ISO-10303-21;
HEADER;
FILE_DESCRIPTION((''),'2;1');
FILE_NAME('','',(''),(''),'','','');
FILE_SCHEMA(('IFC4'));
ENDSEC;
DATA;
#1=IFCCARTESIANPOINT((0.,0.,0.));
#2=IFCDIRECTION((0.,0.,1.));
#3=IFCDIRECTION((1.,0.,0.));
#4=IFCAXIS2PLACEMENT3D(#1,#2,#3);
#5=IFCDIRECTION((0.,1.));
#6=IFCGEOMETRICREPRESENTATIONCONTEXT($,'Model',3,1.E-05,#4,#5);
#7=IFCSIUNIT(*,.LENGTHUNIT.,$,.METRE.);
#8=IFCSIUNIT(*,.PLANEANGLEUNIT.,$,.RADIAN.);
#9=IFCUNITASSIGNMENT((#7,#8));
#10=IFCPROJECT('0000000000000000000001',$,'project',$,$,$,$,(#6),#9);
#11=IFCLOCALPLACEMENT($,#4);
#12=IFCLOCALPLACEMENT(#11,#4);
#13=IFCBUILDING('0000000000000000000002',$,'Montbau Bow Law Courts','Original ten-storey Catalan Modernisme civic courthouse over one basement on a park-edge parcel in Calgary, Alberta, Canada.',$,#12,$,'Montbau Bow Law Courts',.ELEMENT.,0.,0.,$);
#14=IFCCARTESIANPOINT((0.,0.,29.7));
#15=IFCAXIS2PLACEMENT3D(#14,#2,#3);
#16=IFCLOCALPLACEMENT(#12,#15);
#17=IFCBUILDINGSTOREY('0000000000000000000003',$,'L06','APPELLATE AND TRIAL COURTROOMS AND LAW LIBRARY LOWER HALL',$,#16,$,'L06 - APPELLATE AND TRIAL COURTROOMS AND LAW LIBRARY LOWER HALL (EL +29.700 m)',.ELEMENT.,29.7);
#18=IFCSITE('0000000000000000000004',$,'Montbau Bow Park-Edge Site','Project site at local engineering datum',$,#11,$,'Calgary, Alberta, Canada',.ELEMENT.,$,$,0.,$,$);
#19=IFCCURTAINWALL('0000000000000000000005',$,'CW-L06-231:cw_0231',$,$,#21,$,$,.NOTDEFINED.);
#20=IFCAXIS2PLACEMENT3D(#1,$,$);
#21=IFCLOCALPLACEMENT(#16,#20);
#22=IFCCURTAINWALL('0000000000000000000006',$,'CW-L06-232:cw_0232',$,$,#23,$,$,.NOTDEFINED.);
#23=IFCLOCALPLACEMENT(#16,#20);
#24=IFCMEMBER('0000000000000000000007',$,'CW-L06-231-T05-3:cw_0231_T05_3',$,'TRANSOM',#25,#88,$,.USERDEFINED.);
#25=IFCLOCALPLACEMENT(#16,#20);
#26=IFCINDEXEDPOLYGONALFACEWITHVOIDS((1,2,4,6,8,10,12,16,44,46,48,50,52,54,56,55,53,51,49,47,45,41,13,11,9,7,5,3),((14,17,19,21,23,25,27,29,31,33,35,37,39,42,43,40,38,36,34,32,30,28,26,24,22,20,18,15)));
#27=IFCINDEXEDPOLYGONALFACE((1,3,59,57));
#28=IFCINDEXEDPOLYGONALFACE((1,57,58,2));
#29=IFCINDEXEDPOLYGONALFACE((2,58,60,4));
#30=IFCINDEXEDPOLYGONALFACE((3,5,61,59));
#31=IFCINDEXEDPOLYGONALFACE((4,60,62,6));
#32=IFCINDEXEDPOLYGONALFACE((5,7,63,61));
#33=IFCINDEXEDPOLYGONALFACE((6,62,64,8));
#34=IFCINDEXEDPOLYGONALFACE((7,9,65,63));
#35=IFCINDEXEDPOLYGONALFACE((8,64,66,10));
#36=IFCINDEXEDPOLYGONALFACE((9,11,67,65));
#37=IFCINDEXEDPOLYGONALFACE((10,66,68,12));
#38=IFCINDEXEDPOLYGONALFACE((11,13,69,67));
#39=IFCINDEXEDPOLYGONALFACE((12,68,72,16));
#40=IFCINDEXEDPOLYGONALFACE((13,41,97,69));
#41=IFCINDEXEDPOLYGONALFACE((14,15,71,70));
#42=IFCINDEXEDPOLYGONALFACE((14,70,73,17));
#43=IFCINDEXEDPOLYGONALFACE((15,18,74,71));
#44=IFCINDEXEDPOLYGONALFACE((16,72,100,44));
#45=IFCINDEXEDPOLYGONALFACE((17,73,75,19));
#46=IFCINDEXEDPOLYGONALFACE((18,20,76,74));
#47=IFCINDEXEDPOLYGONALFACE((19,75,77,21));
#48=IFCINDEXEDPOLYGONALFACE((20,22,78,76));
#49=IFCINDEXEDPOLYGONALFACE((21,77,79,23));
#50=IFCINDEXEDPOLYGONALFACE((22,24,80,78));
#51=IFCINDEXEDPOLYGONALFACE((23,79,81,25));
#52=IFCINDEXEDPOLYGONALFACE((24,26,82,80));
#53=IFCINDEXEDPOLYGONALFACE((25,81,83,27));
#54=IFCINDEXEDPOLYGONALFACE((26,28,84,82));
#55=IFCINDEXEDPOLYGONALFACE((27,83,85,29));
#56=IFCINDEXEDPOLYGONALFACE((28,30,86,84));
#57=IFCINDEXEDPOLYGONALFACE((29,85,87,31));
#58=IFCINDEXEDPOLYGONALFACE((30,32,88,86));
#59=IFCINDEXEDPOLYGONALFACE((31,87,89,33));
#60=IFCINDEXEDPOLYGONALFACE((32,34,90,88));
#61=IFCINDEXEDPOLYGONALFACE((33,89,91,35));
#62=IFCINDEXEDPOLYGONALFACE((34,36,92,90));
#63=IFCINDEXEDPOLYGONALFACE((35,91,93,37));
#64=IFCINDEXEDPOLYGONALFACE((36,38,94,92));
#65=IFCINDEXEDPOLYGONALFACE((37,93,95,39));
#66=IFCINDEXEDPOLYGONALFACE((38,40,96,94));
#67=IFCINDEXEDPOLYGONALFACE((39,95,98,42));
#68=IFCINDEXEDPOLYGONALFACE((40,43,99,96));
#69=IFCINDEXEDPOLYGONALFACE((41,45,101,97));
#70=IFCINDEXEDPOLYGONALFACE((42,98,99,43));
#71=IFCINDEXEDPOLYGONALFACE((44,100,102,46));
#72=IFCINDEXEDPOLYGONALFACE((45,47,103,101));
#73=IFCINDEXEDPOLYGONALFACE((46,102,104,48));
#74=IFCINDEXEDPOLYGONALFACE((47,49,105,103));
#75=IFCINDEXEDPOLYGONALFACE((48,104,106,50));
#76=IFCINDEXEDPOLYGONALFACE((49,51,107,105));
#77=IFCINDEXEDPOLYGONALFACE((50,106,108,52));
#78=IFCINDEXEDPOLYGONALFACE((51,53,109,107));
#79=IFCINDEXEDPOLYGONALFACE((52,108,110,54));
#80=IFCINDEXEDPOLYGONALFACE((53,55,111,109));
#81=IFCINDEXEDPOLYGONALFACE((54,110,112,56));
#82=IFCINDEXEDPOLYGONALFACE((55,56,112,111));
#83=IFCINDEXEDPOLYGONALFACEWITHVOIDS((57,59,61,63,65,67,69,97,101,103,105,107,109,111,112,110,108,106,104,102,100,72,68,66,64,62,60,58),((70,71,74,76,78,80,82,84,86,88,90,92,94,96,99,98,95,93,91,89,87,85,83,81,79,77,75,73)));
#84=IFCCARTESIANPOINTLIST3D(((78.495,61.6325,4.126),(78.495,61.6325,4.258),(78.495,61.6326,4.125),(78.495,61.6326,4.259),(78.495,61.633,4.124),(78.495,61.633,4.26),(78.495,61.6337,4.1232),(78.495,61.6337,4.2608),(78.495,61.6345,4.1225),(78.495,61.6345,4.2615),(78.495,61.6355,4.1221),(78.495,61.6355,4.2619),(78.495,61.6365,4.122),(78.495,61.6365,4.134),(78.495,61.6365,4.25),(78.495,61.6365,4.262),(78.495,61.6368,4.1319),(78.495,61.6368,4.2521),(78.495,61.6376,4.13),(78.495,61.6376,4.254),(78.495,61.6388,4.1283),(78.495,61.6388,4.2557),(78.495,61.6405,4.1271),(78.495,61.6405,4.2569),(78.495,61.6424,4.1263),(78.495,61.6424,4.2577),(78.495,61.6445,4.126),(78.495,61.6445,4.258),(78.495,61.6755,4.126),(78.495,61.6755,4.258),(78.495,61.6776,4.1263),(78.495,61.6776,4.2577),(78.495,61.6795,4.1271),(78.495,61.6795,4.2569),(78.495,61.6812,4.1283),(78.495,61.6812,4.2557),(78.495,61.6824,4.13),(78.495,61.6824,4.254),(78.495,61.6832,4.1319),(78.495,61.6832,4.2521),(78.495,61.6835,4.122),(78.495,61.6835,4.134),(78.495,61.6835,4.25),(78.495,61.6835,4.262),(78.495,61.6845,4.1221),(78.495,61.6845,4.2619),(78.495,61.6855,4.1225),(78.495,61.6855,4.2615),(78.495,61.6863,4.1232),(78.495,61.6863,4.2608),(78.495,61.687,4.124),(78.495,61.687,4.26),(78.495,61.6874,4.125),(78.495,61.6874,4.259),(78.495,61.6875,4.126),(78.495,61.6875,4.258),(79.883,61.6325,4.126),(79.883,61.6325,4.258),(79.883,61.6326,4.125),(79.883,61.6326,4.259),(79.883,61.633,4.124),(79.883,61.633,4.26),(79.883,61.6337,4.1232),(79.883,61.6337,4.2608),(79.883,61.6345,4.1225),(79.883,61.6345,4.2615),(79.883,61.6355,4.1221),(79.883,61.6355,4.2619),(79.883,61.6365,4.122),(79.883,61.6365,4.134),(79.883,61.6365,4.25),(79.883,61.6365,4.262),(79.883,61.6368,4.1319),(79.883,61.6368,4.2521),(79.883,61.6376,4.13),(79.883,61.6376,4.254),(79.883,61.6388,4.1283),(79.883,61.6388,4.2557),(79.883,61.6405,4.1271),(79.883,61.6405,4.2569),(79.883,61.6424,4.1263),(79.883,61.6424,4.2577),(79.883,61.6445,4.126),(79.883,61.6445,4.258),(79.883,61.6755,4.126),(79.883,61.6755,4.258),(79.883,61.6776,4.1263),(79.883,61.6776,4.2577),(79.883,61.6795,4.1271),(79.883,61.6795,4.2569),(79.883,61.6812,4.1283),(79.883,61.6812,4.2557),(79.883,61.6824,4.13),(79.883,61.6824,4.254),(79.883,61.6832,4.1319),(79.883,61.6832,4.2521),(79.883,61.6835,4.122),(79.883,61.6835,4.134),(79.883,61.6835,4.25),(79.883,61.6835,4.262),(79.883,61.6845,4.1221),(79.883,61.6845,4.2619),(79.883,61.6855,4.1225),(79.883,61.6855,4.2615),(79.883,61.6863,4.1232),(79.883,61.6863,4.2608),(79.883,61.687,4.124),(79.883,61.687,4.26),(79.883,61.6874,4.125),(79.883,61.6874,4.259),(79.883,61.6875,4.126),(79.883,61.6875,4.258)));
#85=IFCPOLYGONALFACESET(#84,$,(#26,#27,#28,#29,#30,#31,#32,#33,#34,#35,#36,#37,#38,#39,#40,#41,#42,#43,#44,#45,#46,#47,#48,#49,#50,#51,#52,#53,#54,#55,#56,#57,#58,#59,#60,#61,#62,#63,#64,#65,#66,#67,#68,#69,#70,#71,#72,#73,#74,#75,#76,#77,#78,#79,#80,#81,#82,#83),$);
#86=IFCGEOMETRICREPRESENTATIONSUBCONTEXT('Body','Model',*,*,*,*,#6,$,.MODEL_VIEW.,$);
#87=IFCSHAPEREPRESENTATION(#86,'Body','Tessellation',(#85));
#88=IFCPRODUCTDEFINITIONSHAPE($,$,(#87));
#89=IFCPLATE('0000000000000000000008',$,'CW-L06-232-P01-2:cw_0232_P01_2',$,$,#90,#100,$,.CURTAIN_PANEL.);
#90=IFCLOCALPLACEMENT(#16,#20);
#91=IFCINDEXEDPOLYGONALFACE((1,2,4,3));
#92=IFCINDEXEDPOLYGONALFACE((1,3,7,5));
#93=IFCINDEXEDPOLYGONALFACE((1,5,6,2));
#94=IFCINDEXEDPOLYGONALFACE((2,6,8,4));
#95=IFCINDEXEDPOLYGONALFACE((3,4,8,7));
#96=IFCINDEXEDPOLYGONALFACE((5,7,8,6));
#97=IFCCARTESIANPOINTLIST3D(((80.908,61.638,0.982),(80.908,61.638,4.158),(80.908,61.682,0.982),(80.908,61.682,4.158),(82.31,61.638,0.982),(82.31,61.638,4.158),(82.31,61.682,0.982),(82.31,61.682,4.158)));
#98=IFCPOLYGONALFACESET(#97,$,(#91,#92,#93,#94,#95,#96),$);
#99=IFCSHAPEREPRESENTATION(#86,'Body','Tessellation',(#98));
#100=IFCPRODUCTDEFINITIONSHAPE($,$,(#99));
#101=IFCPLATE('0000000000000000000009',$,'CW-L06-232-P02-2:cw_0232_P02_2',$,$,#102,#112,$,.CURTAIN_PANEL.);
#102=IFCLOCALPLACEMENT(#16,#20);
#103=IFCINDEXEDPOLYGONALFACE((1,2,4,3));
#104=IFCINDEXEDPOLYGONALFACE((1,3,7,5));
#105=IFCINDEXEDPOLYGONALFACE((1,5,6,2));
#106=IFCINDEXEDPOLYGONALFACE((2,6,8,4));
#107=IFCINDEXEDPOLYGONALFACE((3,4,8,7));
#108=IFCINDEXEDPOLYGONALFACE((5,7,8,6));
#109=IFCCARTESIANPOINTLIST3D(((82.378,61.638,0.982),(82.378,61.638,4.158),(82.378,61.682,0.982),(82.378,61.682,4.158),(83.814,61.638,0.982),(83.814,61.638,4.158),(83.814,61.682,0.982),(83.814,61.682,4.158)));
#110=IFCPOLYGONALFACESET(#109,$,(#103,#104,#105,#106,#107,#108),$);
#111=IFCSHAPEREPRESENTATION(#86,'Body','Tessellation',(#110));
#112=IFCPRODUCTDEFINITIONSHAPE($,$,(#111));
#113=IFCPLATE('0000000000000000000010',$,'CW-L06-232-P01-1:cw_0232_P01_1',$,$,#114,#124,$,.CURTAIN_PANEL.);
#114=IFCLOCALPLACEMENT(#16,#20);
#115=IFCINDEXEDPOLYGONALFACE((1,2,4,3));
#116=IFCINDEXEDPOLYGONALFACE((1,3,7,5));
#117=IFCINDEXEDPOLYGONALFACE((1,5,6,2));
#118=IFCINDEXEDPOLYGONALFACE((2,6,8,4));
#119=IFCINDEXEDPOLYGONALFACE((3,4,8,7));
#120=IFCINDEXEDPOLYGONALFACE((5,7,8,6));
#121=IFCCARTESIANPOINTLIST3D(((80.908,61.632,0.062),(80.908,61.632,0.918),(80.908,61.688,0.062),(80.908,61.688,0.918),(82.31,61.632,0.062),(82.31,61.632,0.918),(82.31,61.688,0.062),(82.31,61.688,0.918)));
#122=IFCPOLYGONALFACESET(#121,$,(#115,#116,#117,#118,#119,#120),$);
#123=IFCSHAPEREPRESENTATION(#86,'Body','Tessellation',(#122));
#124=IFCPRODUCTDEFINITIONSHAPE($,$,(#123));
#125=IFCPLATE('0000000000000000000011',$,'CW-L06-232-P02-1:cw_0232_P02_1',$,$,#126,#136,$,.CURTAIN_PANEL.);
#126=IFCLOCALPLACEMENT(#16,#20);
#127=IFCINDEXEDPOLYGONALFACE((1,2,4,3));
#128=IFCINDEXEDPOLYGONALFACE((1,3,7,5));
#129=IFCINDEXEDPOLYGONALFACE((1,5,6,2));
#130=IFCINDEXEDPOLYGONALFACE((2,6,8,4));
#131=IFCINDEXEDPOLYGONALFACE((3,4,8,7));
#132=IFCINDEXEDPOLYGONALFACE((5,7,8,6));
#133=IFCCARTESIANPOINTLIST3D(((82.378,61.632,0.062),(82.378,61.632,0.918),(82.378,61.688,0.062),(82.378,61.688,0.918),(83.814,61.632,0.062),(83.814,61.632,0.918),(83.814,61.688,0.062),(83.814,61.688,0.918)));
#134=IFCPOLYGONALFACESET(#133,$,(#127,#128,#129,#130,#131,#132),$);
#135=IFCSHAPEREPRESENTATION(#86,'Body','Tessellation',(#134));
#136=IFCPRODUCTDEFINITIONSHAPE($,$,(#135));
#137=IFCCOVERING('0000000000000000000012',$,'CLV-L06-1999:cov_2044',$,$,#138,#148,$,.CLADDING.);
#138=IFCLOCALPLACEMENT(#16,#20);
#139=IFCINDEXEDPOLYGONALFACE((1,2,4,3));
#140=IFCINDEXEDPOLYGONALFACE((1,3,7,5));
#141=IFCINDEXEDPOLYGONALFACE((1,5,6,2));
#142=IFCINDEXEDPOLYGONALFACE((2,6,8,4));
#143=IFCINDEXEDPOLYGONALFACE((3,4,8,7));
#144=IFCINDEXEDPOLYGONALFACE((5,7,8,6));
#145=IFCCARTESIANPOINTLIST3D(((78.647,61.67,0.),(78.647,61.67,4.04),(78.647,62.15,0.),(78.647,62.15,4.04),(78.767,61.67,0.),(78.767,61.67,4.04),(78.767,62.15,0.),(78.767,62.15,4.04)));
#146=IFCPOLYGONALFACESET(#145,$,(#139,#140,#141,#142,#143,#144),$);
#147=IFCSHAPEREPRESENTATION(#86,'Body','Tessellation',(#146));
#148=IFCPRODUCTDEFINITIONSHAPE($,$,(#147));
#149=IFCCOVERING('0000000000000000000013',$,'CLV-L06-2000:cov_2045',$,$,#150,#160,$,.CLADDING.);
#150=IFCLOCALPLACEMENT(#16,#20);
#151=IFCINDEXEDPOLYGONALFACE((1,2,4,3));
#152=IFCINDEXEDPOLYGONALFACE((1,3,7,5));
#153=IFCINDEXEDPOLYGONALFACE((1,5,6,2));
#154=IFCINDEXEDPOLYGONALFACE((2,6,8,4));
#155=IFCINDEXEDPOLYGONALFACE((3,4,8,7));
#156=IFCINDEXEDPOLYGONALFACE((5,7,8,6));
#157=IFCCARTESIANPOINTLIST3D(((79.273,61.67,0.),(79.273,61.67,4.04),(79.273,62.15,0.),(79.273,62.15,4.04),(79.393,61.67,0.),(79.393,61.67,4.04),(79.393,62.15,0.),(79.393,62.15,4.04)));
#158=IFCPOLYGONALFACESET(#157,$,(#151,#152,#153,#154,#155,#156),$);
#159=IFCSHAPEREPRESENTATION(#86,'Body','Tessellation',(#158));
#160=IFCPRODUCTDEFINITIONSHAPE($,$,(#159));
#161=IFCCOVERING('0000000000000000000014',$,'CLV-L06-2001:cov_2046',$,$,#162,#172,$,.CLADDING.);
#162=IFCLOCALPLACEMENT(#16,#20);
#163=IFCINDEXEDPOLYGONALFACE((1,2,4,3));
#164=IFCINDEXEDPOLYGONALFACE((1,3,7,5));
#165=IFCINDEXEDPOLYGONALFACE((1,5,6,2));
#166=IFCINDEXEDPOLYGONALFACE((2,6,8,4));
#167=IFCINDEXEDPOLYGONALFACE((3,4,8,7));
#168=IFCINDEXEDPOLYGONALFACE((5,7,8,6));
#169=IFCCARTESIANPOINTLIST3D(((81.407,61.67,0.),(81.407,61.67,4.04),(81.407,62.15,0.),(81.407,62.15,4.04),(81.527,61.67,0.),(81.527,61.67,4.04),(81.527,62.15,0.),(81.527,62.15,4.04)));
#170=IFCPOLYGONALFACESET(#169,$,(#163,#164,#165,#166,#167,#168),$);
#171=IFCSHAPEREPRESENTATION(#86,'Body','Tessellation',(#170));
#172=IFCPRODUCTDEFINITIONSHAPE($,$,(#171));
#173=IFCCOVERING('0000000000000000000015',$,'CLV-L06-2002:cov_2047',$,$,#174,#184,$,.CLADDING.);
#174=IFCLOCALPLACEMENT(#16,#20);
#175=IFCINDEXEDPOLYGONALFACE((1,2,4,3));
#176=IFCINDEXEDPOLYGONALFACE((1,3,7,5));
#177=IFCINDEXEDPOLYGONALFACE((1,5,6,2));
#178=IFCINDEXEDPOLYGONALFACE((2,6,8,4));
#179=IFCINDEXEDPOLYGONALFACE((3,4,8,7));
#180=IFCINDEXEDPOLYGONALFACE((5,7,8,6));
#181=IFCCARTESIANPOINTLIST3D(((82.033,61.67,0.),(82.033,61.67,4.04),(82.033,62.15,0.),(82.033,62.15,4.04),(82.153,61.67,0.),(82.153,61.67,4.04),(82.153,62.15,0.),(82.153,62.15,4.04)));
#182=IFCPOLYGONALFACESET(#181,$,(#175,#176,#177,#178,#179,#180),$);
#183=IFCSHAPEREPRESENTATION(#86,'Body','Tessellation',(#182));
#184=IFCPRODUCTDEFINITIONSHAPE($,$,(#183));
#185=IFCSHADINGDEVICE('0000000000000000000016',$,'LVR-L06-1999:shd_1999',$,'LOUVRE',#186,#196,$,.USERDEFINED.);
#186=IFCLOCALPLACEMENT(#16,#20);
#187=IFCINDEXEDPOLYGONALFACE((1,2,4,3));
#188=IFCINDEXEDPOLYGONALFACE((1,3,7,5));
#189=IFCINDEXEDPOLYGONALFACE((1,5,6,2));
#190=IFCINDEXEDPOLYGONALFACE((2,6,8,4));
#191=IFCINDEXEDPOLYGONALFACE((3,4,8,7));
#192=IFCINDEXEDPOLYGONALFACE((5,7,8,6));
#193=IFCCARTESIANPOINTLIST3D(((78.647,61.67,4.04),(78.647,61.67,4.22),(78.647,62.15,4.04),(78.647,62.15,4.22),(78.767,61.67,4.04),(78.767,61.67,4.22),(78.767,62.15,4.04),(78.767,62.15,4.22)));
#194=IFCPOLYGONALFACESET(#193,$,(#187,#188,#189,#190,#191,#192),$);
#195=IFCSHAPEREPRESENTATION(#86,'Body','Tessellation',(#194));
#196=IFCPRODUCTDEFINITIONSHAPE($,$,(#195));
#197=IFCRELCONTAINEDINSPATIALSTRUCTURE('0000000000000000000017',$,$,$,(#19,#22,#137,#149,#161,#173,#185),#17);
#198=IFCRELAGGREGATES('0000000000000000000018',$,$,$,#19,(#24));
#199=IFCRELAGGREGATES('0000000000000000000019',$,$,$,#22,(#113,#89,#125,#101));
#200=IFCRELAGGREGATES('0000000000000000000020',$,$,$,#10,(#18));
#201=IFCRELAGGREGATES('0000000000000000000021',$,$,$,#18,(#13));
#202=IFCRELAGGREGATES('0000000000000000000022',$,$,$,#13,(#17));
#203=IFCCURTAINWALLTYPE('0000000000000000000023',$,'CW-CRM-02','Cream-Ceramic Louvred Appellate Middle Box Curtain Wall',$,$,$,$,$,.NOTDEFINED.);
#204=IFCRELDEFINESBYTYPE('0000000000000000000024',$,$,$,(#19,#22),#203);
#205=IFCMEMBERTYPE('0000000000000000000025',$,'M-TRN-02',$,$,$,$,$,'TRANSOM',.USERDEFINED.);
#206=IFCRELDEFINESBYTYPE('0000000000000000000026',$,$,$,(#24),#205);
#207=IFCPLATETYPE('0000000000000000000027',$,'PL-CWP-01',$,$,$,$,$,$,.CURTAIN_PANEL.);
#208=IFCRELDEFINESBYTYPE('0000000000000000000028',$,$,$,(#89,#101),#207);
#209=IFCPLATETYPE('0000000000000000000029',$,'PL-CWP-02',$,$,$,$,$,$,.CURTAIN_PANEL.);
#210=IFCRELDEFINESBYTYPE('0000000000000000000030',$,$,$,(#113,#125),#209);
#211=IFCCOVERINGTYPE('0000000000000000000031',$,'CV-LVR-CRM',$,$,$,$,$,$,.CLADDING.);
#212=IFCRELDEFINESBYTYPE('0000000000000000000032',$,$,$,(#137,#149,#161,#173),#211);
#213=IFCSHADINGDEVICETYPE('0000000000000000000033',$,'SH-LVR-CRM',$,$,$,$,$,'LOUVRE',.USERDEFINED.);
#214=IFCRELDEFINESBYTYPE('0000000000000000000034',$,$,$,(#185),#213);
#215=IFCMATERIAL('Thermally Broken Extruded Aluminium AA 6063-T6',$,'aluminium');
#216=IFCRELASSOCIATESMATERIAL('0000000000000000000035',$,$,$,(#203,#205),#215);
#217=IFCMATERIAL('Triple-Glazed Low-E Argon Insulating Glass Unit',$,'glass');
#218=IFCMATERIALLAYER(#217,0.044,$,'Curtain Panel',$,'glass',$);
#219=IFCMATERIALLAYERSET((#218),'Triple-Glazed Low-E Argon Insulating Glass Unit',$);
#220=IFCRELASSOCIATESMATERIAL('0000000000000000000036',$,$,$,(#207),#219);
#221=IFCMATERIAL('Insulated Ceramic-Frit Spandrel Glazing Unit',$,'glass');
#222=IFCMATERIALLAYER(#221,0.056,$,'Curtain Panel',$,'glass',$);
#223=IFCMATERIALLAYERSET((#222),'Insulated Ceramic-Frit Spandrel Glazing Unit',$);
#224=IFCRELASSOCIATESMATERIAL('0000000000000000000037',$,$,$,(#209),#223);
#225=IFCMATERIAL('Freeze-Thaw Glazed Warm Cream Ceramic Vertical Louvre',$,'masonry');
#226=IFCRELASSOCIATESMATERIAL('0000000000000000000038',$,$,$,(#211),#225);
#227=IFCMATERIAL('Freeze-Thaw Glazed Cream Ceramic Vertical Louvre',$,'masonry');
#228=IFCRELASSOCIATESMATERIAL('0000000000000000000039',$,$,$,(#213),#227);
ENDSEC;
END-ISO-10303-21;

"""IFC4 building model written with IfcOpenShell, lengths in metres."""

from ifc_helpers import new_model, si_unit, direction, frame, frame_2d, origin_with_axes, origin_2d_with_axis, place, context, subcontext, project, spatial, rectangle, hollow_rectangle, extrude, material, layer, layer_set, material_profile, profile_set, type_object, element, aggregate, save


model = new_model("IFC4")

# Units and contexts
model_context = context("Model", 3, precision=1e-05, world=origin_with_axes(), true_north=direction((0.0, 1.0)))
body_context = subcontext(model_context, "Body", "Model", "MODEL_VIEW")
ifc_project = project(units=[si_unit("LENGTHUNIT", "METRE"), si_unit("PLANEANGLEUNIT", "RADIAN")], contexts=[model_context])

# Site, building, storey
site_placement = place(None, origin_with_axes())
site = spatial("IfcSite", under=ifc_project, at=site_placement, Name="Montbau Bow Park-Edge Site", Description="Project site at local engineering datum", LongName="Calgary, Alberta, Canada", CompositionType="ELEMENT", RefElevation=0.0)
building_placement = place(site_placement, origin_with_axes())
building = spatial("IfcBuilding", under=site, at=building_placement, Name="Montbau Bow Law Courts", Description="Original ten-storey Catalan Modernisme civic courthouse over one basement on a park-edge parcel in Calgary, Alberta, Canada.", LongName="Montbau Bow Law Courts", CompositionType="ELEMENT", ElevationOfRefHeight=0.0, ElevationOfTerrain=0.0)
storey_placement = place(building_placement, frame((0.0, 0.0, 29.7), z_axis=(0.0, 0.0, 1.0), x_axis=(1.0, 0.0, 0.0)))
storey = spatial("IfcBuildingStorey", under=building, at=storey_placement, Name="L06", Description="APPELLATE AND TRIAL COURTROOMS AND LAW LIBRARY LOWER HALL", LongName="L06 - APPELLATE AND TRIAL COURTROOMS AND LAW LIBRARY LOWER HALL (EL +29.700 m)", CompositionType="ELEMENT", Elevation=29.7)

# Curtain wall
ifc_material_1 = material(Name="Thermally Broken Extruded Aluminium AA 6063-T6", Category="aluminium")
curtain_wall_type = type_object("IfcCurtainWallType", Name="CW-CRM-02", Description="Cream-Ceramic Louvred Appellate Middle Box Curtain Wall", PredefinedType="NOTDEFINED", material=ifc_material_1)
curtain_wall_1_placement = place(None, frame((72.44, 61.66, 29.7), z_axis=(0.0, 0.0, 1.0), x_axis=(1.0, 0.0, 0.0)))
curtain_wall_1 = element("IfcCurtainWall", 1, at=curtain_wall_1_placement, inside=storey, type_object=curtain_wall_type, Name="CW-L06-231:cw_0231", PredefinedType="NOTDEFINED")

# Curtain wall
curtain_wall_2_placement = place(None, frame((80.84, 61.66, 29.7), z_axis=(0.0, 0.0, 1.0), x_axis=(1.0, 0.0, 0.0)))
curtain_wall_2 = element("IfcCurtainWall", 2, at=curtain_wall_2_placement, inside=storey, type_object=curtain_wall_type, Name="CW-L06-232:cw_0232", PredefinedType="NOTDEFINED")

# Member
ifc_material_profile_1 = material_profile(ifc_material_1, hollow_rectangle(XDim=0.055, YDim=0.14, WallThickness=0.004, InnerFilletRadius=0.008, OuterFilletRadius=0.004, at=origin_2d_with_axis()), Name="CWT-140X55", Category="Main", Priority=0)
ifc_profile_set_1 = profile_set([ifc_material_profile_1], Name="Thermally Broken Extruded Aluminium AA 6063-T6")
member_type_1 = type_object("IfcMemberType", Name="M-TRN-02", ElementType="TRANSOM", PredefinedType="USERDEFINED", material=ifc_profile_set_1)
member_1_placement = place(None, frame((78.495, 61.66, 33.892), z_axis=(1.0, 0.0, 0.0), x_axis=(0.0, 1.0, 0.0)))
member_1 = element("IfcMember", 3, at=member_1_placement, type_object=member_type_1, Name="CW-L06-231-T05-3:cw_0231_T05_3", ObjectType="TRANSOM", PredefinedType="USERDEFINED", context=body_context, shape_type="SweptSolid", body=[
    extrude(hollow_rectangle(XDim=0.055, YDim=0.14, WallThickness=0.004, InnerFilletRadius=0.008, OuterFilletRadius=0.004, at=origin_2d_with_axis()), origin_with_axes(), (0.0, 0.0, 1.0), 1.388),
])
aggregate(curtain_wall_1, [member_1])

# Plates
ifc_material_2 = material(Name="Triple-Glazed Low-E Argon Insulating Glass Unit", Category="glass")
ifc_layer_1 = layer(ifc_material_2, 0.044, Name="Curtain Panel", Category="glass")
ifc_layer_set_1 = layer_set([ifc_layer_1], Name="Triple-Glazed Low-E Argon Insulating Glass Unit")
plate_type_1 = type_object("IfcPlateType", Name="PL-CWP-01", PredefinedType="CURTAIN_PANEL", material=ifc_layer_set_1)
plate_1_placement = place(None, frame((80.908, 61.66, 30.682), z_axis=(0.0, -1.0, 0.0), x_axis=(1.0, 0.0, 0.0)))
plate_1 = element("IfcPlate", 4, at=plate_1_placement, type_object=plate_type_1, Name="CW-L06-232-P01-2:cw_0232_P01_2", PredefinedType="CURTAIN_PANEL", context=body_context, shape_type="SweptSolid", body=[
    extrude(rectangle(XDim=1.402, YDim=3.176, at=frame_2d((0.701, 1.588), x_axis=(1.0, 0.0))), frame((0.0, 0.0, -0.022), z_axis=(0.0, 0.0, 1.0), x_axis=(1.0, 0.0, 0.0)), (0.0, 0.0, 1.0), 0.044),
])
plate_2_placement = place(None, frame((82.378, 61.66, 30.682), z_axis=(0.0, -1.0, 0.0), x_axis=(1.0, 0.0, 0.0)))
plate_2 = element("IfcPlate", 5, at=plate_2_placement, type_object=plate_type_1, Name="CW-L06-232-P02-2:cw_0232_P02_2", PredefinedType="CURTAIN_PANEL", context=body_context, shape_type="SweptSolid", body=[
    extrude(rectangle(XDim=1.436, YDim=3.176, at=frame_2d((0.718, 1.588), x_axis=(1.0, 0.0))), frame((0.0, 0.0, -0.022), z_axis=(0.0, 0.0, 1.0), x_axis=(1.0, 0.0, 0.0)), (0.0, 0.0, 1.0), 0.044),
])
ifc_material_3 = material(Name="Insulated Ceramic-Frit Spandrel Glazing Unit", Category="glass")
ifc_layer_2 = layer(ifc_material_3, 0.056, Name="Curtain Panel", Category="glass")
ifc_layer_set_2 = layer_set([ifc_layer_2], Name="Insulated Ceramic-Frit Spandrel Glazing Unit")
plate_type_2 = type_object("IfcPlateType", Name="PL-CWP-02", PredefinedType="CURTAIN_PANEL", material=ifc_layer_set_2)
plate_3_placement = place(None, frame((80.908, 61.66, 29.762), z_axis=(0.0, -1.0, 0.0), x_axis=(1.0, 0.0, 0.0)))
plate_3 = element("IfcPlate", 6, at=plate_3_placement, type_object=plate_type_2, Name="CW-L06-232-P01-1:cw_0232_P01_1", PredefinedType="CURTAIN_PANEL", context=body_context, shape_type="SweptSolid", body=[
    extrude(rectangle(XDim=1.402, YDim=0.856, at=frame_2d((0.701, 0.428), x_axis=(1.0, 0.0))), frame((0.0, 0.0, -0.028), z_axis=(0.0, 0.0, 1.0), x_axis=(1.0, 0.0, 0.0)), (0.0, 0.0, 1.0), 0.056),
])
plate_4_placement = place(None, frame((82.378, 61.66, 29.762), z_axis=(0.0, -1.0, 0.0), x_axis=(1.0, 0.0, 0.0)))
plate_4 = element("IfcPlate", 7, at=plate_4_placement, type_object=plate_type_2, Name="CW-L06-232-P02-1:cw_0232_P02_1", PredefinedType="CURTAIN_PANEL", context=body_context, shape_type="SweptSolid", body=[
    extrude(rectangle(XDim=1.436, YDim=0.856, at=frame_2d((0.718, 0.428), x_axis=(1.0, 0.0))), frame((0.0, 0.0, -0.028), z_axis=(0.0, 0.0, 1.0), x_axis=(1.0, 0.0, 0.0)), (0.0, 0.0, 1.0), 0.056),
])
aggregate(curtain_wall_2, [plate_3, plate_1, plate_4, plate_2])

# Coverings
ifc_material_4 = material(Name="Freeze-Thaw Glazed Warm Cream Ceramic Vertical Louvre", Category="masonry")
covering_type = type_object("IfcCoveringType", Name="CV-LVR-CRM", PredefinedType="CLADDING", material=ifc_material_4)
for number, where, z_axis, x_axis, name in (
    (8, (78.707, 61.67, 29.7), (1.0, 0.0, 0.0), (0.0, 1.0, 0.0), "CLV-L06-1999:cov_2044"),
    (9, (79.333, 61.67, 29.7), (1.0, 0.0, 0.0), (0.0, 1.0, 0.0), "CLV-L06-2000:cov_2045"),
    (10, (81.467, 61.67, 29.7), (1.0, 0.0, 0.0), (0.0, 1.0, 0.0), "CLV-L06-2001:cov_2046"),
    (11, (82.093, 61.67, 29.7), (1.0, 0.0, 0.0), (0.0, 1.0, 0.0), "CLV-L06-2002:cov_2047"),
):
    element("IfcCovering", number, at=place(None, frame(where, z_axis=z_axis, x_axis=x_axis)), inside=storey, type_object=covering_type, Name=name, PredefinedType="CLADDING", context=body_context, shape_type="SweptSolid", body=[
        extrude(rectangle(XDim=0.48, YDim=4.04, at=frame_2d((0.24, 2.02), x_axis=(1.0, 0.0))), frame((0.0, 0.0, -0.06), z_axis=(0.0, 0.0, 1.0), x_axis=(1.0, 0.0, 0.0)), (0.0, 0.0, 1.0), 0.12),
    ])

# Shading device
ifc_material_5 = material(Name="Freeze-Thaw Glazed Cream Ceramic Vertical Louvre", Category="masonry")
shading_device_type = type_object("IfcShadingDeviceType", Name="SH-LVR-CRM", ElementType="LOUVRE", PredefinedType="USERDEFINED", material=ifc_material_5)
for number, where, z_axis, x_axis, name in (
    (12, (78.707, 61.91, 33.74), (0.0, 0.0, 1.0), (0.0, 1.0, 0.0), "LVR-L06-1999:shd_1999"),
):
    element("IfcShadingDevice", number, at=place(None, frame(where, z_axis=z_axis, x_axis=x_axis)), inside=storey, type_object=shading_device_type, Name=name, ObjectType="LOUVRE", PredefinedType="USERDEFINED", context=body_context, shape_type="SweptSolid", body=[
        extrude(rectangle(XDim=0.48, YDim=0.12, at=origin_2d_with_axis()), origin_with_axes(), (0.0, 0.0, 1.0), 0.18),
    ])

save(model, "model.ifc")
